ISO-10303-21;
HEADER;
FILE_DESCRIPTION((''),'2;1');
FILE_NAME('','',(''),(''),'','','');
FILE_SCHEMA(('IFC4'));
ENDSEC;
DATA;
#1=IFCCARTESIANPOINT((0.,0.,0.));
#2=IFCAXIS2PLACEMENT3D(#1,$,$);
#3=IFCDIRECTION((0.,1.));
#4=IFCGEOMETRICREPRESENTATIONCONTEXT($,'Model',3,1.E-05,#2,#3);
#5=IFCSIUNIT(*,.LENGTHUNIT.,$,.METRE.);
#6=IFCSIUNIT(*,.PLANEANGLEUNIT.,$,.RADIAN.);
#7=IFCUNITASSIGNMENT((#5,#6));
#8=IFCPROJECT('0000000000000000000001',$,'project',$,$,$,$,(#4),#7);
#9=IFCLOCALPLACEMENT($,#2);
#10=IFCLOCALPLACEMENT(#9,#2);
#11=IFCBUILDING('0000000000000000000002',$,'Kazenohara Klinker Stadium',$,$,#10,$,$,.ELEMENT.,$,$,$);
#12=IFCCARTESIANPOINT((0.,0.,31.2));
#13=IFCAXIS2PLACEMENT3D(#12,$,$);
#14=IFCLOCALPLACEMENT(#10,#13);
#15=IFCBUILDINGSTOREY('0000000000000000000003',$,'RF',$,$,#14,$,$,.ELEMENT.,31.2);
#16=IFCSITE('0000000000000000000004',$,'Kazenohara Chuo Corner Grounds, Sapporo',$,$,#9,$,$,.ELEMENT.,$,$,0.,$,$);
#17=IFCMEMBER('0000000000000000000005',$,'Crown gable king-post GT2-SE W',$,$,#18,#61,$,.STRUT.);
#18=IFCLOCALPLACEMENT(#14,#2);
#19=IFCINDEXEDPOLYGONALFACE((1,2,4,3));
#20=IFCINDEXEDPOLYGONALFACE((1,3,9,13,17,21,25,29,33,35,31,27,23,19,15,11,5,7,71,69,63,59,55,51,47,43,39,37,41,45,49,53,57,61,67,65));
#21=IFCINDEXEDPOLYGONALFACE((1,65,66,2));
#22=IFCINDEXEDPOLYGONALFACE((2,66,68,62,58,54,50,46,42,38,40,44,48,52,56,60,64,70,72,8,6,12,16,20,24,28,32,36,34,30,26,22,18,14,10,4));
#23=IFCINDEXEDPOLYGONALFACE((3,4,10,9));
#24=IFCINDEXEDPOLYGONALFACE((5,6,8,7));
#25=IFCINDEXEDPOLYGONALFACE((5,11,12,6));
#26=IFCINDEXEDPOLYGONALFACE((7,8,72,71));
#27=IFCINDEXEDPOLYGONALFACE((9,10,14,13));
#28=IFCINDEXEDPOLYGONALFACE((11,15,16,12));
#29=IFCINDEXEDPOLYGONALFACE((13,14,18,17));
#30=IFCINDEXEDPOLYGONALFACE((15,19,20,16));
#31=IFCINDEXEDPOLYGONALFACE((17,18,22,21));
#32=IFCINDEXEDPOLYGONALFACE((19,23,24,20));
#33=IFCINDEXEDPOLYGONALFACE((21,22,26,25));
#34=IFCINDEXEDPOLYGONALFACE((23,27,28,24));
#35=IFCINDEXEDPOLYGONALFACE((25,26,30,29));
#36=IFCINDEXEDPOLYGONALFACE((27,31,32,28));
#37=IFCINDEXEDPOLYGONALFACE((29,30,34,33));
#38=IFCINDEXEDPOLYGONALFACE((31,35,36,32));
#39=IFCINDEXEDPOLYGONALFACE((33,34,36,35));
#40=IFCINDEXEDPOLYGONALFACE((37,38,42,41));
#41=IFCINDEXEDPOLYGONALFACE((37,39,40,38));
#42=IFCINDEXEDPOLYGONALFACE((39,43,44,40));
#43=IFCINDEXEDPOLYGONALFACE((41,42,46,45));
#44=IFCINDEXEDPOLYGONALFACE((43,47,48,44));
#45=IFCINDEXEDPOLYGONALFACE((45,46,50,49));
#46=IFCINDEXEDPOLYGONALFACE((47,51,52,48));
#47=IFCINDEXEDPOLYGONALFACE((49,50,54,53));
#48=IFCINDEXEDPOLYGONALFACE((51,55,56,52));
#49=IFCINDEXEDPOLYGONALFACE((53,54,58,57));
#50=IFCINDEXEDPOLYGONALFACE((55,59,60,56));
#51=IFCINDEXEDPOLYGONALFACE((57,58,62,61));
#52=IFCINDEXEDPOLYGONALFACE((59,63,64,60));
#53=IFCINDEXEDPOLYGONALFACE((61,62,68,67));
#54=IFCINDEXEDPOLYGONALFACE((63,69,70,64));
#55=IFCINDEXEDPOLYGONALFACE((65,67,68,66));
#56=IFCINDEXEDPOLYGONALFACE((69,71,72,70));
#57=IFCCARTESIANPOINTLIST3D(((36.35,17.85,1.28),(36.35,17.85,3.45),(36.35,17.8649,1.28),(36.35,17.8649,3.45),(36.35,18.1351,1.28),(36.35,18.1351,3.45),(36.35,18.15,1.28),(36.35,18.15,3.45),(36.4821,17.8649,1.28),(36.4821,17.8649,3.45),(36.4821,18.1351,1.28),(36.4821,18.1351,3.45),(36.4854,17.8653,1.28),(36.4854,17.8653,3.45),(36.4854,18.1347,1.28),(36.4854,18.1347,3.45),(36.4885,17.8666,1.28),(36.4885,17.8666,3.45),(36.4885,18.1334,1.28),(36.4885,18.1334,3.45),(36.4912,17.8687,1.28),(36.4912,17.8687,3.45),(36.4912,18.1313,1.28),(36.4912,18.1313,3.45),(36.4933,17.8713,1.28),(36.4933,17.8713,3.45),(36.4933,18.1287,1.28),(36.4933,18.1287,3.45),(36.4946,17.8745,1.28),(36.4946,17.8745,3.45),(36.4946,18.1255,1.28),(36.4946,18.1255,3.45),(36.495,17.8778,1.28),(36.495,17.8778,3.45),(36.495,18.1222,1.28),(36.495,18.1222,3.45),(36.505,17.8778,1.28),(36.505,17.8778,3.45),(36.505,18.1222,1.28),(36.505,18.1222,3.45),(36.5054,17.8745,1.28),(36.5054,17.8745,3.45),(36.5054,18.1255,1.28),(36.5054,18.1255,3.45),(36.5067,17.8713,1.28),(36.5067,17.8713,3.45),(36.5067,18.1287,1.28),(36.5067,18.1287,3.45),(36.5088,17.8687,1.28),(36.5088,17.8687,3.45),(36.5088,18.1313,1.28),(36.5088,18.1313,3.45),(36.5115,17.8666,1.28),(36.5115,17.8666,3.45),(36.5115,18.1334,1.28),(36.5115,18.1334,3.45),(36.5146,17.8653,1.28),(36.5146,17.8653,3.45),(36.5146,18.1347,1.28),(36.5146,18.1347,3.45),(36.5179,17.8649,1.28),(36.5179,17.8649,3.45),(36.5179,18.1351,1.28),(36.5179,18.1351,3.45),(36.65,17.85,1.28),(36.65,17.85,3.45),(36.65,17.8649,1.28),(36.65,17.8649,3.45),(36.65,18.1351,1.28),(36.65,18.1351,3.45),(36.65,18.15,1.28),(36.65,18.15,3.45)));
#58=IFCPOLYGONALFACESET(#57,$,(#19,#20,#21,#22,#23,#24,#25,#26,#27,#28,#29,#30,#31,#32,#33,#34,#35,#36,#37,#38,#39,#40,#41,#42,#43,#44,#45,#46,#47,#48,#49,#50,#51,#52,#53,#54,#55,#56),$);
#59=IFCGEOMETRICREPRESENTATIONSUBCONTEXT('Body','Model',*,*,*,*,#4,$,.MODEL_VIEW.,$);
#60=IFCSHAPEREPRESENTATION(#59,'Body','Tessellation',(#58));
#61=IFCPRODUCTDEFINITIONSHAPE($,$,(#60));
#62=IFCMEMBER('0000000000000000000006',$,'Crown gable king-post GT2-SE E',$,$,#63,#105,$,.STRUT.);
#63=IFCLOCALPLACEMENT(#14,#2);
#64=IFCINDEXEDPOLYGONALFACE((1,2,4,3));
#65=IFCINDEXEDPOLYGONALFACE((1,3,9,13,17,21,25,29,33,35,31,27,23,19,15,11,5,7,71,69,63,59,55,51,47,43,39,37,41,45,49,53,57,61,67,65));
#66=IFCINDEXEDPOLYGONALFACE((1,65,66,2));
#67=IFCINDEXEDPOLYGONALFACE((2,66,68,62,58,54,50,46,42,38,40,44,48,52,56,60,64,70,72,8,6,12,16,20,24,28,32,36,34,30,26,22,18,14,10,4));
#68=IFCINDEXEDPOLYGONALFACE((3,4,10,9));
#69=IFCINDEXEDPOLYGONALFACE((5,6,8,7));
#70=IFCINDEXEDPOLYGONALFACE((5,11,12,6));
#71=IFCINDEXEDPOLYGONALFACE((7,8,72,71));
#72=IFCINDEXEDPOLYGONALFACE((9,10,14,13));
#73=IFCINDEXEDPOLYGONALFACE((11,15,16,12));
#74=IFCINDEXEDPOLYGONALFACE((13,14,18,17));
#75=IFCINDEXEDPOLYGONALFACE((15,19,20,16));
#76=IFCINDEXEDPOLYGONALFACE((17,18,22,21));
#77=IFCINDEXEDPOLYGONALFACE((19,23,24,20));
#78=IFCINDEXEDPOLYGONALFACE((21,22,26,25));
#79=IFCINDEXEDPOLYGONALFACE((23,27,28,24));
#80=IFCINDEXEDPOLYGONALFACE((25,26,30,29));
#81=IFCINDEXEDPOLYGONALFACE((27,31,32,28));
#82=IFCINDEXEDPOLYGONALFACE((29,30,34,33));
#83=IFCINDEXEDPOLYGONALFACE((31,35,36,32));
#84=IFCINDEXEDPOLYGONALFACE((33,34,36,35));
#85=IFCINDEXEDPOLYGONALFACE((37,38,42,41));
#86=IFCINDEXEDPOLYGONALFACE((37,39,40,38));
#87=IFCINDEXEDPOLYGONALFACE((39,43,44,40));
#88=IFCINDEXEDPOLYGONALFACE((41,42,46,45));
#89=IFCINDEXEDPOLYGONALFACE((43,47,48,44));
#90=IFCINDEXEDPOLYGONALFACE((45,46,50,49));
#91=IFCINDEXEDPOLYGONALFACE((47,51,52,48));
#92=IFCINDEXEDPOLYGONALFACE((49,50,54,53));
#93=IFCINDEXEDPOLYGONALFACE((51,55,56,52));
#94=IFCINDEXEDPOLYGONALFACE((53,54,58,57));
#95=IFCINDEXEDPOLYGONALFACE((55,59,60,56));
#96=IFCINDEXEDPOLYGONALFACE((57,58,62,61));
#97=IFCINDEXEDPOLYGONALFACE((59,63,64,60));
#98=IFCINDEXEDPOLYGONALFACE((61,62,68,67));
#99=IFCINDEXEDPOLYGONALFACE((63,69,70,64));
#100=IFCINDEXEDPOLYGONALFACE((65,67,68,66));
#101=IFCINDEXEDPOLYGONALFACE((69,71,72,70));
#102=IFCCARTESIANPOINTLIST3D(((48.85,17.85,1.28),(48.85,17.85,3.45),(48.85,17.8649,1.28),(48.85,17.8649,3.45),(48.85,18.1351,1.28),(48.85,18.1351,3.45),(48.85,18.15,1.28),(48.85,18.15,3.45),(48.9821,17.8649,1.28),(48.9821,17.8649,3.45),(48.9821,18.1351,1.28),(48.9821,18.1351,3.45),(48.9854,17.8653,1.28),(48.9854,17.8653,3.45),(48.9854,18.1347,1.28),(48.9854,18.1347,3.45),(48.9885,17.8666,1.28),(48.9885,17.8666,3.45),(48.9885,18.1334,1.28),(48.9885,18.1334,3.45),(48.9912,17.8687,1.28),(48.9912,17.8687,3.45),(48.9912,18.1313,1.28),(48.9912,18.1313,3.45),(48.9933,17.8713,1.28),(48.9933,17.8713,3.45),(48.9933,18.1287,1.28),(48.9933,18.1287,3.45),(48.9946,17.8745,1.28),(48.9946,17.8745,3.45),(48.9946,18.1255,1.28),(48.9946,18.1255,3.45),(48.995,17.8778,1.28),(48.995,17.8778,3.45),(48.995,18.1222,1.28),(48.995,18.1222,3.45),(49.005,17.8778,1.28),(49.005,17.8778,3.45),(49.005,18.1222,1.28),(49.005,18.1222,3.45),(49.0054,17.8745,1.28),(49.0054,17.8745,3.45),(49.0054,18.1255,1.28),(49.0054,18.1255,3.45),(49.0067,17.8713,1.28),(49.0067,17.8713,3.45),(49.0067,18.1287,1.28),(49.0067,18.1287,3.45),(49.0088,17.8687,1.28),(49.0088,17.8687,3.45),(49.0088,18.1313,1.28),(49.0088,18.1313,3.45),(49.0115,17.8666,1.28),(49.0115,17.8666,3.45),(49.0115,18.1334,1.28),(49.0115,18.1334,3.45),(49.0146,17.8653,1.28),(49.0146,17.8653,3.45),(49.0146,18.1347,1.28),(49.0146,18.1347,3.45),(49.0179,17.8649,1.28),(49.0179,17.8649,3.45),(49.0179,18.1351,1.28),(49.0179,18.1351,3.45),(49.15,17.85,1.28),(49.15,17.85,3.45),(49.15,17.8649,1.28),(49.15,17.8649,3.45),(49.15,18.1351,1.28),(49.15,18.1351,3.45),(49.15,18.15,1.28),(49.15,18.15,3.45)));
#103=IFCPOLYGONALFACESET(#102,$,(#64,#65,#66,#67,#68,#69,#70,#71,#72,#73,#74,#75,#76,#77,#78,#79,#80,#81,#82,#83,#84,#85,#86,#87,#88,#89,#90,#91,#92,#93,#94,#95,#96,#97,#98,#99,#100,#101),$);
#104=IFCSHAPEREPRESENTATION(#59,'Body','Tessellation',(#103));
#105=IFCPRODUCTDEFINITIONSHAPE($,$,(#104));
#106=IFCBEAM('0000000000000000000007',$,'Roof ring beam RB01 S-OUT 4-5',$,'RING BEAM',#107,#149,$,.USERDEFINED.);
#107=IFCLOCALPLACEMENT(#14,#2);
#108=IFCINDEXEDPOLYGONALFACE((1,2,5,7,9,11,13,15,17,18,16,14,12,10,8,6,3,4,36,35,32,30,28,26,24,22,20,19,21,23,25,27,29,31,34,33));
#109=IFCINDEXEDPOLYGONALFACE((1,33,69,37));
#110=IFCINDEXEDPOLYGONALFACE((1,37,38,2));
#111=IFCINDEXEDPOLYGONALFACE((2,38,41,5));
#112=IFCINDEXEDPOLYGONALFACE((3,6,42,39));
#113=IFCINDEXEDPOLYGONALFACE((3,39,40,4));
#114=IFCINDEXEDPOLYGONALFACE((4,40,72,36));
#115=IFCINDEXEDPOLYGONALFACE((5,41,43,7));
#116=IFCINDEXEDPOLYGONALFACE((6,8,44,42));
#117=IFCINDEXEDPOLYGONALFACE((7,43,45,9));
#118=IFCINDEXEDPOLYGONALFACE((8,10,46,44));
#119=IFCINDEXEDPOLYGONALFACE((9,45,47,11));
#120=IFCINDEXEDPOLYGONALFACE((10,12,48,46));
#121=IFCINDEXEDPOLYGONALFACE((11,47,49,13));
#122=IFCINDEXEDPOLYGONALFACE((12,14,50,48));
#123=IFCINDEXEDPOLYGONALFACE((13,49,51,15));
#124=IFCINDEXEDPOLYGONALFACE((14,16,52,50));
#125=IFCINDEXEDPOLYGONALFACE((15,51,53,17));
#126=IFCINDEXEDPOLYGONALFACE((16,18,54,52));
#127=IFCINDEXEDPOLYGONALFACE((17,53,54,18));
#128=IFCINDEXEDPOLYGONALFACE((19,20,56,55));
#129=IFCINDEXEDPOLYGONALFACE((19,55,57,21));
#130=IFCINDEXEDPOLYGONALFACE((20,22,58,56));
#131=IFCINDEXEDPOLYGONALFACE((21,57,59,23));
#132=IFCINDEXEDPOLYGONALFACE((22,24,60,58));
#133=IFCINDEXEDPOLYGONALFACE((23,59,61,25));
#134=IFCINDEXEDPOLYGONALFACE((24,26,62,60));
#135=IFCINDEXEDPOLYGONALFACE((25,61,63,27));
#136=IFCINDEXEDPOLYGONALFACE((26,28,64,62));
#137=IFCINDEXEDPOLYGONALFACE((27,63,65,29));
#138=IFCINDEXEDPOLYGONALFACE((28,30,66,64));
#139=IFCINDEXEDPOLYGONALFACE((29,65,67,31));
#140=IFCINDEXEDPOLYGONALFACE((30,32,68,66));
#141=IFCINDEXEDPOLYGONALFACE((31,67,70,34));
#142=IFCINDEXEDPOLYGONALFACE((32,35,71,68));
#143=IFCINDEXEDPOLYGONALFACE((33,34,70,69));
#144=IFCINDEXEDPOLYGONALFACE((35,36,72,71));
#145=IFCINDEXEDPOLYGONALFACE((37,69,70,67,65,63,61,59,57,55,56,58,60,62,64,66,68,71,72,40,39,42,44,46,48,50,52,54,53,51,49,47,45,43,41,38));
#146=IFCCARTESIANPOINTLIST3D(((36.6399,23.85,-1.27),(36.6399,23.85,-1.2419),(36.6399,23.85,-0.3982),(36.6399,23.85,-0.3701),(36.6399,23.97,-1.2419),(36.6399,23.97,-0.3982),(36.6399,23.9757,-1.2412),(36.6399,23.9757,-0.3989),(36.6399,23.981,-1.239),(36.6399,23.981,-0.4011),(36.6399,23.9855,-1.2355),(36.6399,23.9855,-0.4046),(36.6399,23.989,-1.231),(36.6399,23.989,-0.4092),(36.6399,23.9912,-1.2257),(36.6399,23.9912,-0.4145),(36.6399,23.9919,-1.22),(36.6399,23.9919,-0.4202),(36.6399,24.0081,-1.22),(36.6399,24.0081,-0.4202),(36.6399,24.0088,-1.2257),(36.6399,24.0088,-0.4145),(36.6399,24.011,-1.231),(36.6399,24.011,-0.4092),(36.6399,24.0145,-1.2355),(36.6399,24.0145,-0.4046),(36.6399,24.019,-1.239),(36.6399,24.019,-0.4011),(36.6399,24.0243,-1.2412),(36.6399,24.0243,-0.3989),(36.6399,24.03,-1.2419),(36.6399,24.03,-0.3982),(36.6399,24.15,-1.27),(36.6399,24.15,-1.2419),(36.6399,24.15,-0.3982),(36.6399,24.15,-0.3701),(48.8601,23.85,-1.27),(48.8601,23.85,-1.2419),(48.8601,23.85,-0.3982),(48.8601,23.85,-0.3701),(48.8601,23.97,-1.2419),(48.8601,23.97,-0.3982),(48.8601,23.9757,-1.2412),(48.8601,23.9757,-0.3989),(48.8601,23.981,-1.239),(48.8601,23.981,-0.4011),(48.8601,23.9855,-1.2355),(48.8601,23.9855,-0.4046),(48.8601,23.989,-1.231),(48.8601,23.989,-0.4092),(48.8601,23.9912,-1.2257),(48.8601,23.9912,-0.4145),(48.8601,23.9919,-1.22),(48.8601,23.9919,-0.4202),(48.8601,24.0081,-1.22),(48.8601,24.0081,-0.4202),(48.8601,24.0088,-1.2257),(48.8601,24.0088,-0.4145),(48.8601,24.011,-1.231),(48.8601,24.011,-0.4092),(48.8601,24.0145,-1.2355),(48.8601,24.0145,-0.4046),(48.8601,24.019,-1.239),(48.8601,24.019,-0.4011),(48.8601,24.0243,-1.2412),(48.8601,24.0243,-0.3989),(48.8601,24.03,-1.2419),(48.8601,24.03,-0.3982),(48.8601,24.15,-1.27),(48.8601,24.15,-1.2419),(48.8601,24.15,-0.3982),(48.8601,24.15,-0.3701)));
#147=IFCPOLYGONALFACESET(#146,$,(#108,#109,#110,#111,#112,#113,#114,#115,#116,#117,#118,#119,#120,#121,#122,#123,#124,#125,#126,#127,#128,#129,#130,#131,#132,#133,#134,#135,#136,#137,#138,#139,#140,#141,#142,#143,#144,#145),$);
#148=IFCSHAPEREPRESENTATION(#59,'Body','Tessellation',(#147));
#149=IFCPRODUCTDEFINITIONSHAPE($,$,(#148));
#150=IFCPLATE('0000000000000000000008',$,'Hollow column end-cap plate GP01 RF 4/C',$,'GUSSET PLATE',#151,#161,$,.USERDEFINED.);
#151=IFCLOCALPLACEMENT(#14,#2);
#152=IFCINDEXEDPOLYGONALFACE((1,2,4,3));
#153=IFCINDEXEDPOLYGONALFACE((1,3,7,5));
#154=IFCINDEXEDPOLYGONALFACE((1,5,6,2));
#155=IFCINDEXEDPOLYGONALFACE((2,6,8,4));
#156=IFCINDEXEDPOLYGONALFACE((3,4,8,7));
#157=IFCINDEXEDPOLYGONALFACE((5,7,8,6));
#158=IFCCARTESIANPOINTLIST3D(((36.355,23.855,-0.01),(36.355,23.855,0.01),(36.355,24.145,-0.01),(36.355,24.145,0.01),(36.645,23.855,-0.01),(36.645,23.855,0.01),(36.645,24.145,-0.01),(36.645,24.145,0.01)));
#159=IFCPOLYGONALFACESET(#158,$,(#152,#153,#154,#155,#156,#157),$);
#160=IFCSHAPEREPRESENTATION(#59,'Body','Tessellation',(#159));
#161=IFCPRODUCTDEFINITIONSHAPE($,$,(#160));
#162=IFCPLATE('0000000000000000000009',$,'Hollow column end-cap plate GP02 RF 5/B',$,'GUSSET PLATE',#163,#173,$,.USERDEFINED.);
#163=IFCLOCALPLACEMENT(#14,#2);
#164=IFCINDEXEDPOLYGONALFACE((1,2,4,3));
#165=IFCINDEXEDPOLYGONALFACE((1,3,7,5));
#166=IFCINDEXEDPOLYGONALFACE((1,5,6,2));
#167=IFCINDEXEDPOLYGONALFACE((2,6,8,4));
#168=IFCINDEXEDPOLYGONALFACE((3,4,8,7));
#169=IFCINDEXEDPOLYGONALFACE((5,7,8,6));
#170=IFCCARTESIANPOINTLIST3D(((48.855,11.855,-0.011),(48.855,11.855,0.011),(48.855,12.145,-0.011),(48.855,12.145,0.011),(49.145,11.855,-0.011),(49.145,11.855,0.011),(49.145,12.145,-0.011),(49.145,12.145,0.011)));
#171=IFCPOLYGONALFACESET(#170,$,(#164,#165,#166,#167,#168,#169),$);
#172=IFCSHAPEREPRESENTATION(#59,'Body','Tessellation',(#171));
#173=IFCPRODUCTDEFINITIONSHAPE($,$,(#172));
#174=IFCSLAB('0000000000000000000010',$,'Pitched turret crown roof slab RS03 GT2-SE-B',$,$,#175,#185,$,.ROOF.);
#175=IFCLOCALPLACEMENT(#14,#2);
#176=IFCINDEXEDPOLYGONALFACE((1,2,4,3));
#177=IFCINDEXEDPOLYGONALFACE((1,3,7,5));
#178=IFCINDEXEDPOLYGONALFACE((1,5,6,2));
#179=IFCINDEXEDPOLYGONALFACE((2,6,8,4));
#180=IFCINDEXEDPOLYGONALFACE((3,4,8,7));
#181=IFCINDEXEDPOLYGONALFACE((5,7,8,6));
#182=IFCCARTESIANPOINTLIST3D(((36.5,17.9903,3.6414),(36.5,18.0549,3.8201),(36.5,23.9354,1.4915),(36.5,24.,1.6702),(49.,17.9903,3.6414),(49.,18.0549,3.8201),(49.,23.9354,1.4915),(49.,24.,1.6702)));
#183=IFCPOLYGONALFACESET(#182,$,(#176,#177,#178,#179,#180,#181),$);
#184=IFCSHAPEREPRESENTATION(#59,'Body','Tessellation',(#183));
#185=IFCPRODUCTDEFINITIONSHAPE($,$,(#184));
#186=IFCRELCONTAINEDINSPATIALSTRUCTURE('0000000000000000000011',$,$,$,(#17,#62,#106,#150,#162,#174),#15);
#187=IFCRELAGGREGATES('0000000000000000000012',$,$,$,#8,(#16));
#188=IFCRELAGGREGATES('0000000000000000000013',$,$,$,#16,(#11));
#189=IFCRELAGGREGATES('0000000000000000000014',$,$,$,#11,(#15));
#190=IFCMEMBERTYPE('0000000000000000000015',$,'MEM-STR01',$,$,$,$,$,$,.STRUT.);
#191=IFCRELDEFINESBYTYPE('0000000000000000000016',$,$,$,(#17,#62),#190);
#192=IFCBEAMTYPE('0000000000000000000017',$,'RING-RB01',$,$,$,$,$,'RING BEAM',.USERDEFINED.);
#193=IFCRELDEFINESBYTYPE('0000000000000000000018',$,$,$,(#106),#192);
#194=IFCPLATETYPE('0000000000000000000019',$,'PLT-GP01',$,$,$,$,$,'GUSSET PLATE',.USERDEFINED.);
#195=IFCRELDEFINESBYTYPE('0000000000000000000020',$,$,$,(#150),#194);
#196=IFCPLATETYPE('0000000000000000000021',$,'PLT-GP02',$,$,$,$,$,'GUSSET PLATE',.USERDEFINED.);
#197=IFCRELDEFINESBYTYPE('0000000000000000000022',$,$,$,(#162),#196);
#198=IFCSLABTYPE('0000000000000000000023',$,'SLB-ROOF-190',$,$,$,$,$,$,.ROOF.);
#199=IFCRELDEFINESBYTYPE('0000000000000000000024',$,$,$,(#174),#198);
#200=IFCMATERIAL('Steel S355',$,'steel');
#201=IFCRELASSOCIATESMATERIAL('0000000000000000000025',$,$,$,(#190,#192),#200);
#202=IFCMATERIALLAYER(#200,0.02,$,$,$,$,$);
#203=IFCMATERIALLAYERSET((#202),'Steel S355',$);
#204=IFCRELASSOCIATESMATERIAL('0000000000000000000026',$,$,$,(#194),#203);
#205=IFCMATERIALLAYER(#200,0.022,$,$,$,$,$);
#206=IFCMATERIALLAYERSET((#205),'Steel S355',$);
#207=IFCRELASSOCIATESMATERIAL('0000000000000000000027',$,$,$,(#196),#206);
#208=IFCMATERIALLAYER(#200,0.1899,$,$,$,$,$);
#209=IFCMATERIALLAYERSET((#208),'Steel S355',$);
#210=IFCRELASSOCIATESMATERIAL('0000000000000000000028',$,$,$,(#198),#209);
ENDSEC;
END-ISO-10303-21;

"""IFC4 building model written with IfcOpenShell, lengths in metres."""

from ifc_helpers import new_model, si_unit, direction, frame, origin, origin_2d, place, context, subcontext, project, spatial, polyline, rectangle, i_section, outline, extrude, material, layer, layer_set, material_profile, profile_set, type_object, element, save


model = new_model("IFC4")

# Units and contexts
model_context = context("Model", 3, precision=1e-05, world=origin(), true_north=direction((0.0, 1.0)))
body_context = subcontext(model_context, "Body", "Model", "MODEL_VIEW")
ifc_project = project(units=[si_unit("LENGTHUNIT", "METRE"), si_unit("PLANEANGLEUNIT", "RADIAN")], contexts=[model_context])

# Site, building, storey
site_placement = place(None, origin())
site = spatial("IfcSite", under=ifc_project, at=site_placement, Name="Kazenohara Chuo Corner Grounds, Sapporo", CompositionType="ELEMENT", RefElevation=0.0)
building_placement = place(site_placement, origin())
building = spatial("IfcBuilding", under=site, at=building_placement, Name="Kazenohara Klinker Stadium", CompositionType="ELEMENT")
storey_placement = place(building_placement, frame((0.0, 0.0, 31.2)))
storey = spatial("IfcBuildingStorey", under=building, at=storey_placement, Name="RF", CompositionType="ELEMENT", Elevation=31.2)

# Members
ifc_material_1 = material(Name="Steel S355", Category="steel")
ifc_material_profile_1 = material_profile(ifc_material_1, i_section(OverallWidth=0.3, OverallDepth=0.3, WebThickness=0.01, FlangeThickness=0.0149, FilletRadius=0.0129, at=origin_2d()), Name="H-300x300x10x15")
ifc_profile_set_1 = profile_set([ifc_material_profile_1], Name="Steel S355")
member_type_1 = type_object("IfcMemberType", Name="MEM-STR01", PredefinedType="STRUT", material=ifc_profile_set_1)
for number, where, z_axis, x_axis, name in (
    (1, (36.5, 18.0, 1.28), (0.0, 0.0, 1.0), (1.0, 0.0, 0.0), "Crown gable king-post GT2-SE W"),
    (2, (49.0, 18.0, 1.28), (0.0, 0.0, 1.0), (1.0, 0.0, 0.0), "Crown gable king-post GT2-SE E"),
):
    element("IfcMember", number, at=place(storey_placement, frame(where, z_axis=z_axis, x_axis=x_axis)), inside=storey, type_object=member_type_1, Name=name, PredefinedType="STRUT", context=body_context, shape_type="SweptSolid", body=[
        extrude(i_section(OverallWidth=0.3, OverallDepth=0.3, WebThickness=0.01, FlangeThickness=0.0149, FilletRadius=0.0129, at=origin_2d()), origin(), (0.0, 0.0, 1.0), 2.1699),
    ])

# Beam
ifc_material_profile_2 = material_profile(ifc_material_1, i_section(OverallWidth=0.3, OverallDepth=0.8999, WebThickness=0.0161, FlangeThickness=0.0281, FilletRadius=0.022, at=origin_2d()), Name="H-900x300x16x28")
ifc_profile_set_2 = profile_set([ifc_material_profile_2], Name="Steel S355")
beam_type_1 = type_object("IfcBeamType", Name="RING-RB01", ElementType="RING BEAM", PredefinedType="USERDEFINED", material=ifc_profile_set_2)
beam_1_placement = place(storey_placement, frame((36.6399, 24.0, -0.8201), z_axis=(1.0, 0.0, 0.0), x_axis=(0.0, 1.0, 0.0)))
element("IfcBeam", 3, at=beam_1_placement, inside=storey, type_object=beam_type_1, Name="Roof ring beam RB01 S-OUT 4-5", ObjectType="RING BEAM", PredefinedType="USERDEFINED", context=body_context, shape_type="SweptSolid", body=[
    extrude(i_section(OverallWidth=0.3, OverallDepth=0.8999, WebThickness=0.0161, FlangeThickness=0.0281, FilletRadius=0.022, at=origin_2d()), origin(), (0.0, 0.0, 1.0), 12.2202),
])

# Plates
ifc_layer_1 = layer(ifc_material_1, 0.02)
ifc_layer_set_1 = layer_set([ifc_layer_1], Name="Steel S355")
plate_type_1 = type_object("IfcPlateType", Name="PLT-GP01", ElementType="GUSSET PLATE", PredefinedType="USERDEFINED", material=ifc_layer_set_1)
plate_1_placement = place(storey_placement, frame((36.5, 24.0, -0.01), z_axis=(0.0, 0.0, 1.0), x_axis=(1.0, 0.0, 0.0)))
element("IfcPlate", 4, at=plate_1_placement, inside=storey, type_object=plate_type_1, Name="Hollow column end-cap plate GP01 RF 4/C", ObjectType="GUSSET PLATE", PredefinedType="USERDEFINED", context=body_context, shape_type="SweptSolid", body=[
    extrude(rectangle(XDim=0.29, YDim=0.29, at=origin_2d()), origin(), (0.0, 0.0, 1.0), 0.02),
])
ifc_layer_2 = layer(ifc_material_1, 0.022)
ifc_layer_set_2 = layer_set([ifc_layer_2], Name="Steel S355")
plate_type_2 = type_object("IfcPlateType", Name="PLT-GP02", ElementType="GUSSET PLATE", PredefinedType="USERDEFINED", material=ifc_layer_set_2)
plate_2_placement = place(storey_placement, frame((49.0, 12.0, -0.011), z_axis=(0.0, 0.0, 1.0), x_axis=(1.0, 0.0, 0.0)))
element("IfcPlate", 5, at=plate_2_placement, inside=storey, type_object=plate_type_2, Name="Hollow column end-cap plate GP02 RF 5/B", ObjectType="GUSSET PLATE", PredefinedType="USERDEFINED", context=body_context, shape_type="SweptSolid", body=[
    extrude(rectangle(XDim=0.29, YDim=0.29, at=origin_2d()), origin(), (0.0, 0.0, 1.0), 0.022),
])

# Slab
ifc_layer_3 = layer(ifc_material_1, 0.1899)
ifc_layer_set_3 = layer_set([ifc_layer_3], Name="Steel S355")
slab_type = type_object("IfcSlabType", Name="SLB-ROOF-190", PredefinedType="ROOF", material=ifc_layer_set_3)
slab_1_placement = place(storey_placement, frame((36.5, 18.0549, 3.8201), z_axis=(0.0, 0.340074, 0.940399), x_axis=(1.0, 0.0, 0.0)))
element("IfcSlab", 6, at=slab_1_placement, inside=storey, type_object=slab_type, Name="Pitched turret crown roof slab RS03 GT2-SE-B", PredefinedType="ROOF", context=body_context, shape_type="SweptSolid", body=[
    extrude(outline(polyline([(0.0, 0.0), (12.5, 0.0), (12.5, 6.3219), (0.0, 6.3219), (0.0, 0.0)])), origin(), (0.0, 0.0, -1.0), 0.1899),
])

save(model, "model.ifc")
